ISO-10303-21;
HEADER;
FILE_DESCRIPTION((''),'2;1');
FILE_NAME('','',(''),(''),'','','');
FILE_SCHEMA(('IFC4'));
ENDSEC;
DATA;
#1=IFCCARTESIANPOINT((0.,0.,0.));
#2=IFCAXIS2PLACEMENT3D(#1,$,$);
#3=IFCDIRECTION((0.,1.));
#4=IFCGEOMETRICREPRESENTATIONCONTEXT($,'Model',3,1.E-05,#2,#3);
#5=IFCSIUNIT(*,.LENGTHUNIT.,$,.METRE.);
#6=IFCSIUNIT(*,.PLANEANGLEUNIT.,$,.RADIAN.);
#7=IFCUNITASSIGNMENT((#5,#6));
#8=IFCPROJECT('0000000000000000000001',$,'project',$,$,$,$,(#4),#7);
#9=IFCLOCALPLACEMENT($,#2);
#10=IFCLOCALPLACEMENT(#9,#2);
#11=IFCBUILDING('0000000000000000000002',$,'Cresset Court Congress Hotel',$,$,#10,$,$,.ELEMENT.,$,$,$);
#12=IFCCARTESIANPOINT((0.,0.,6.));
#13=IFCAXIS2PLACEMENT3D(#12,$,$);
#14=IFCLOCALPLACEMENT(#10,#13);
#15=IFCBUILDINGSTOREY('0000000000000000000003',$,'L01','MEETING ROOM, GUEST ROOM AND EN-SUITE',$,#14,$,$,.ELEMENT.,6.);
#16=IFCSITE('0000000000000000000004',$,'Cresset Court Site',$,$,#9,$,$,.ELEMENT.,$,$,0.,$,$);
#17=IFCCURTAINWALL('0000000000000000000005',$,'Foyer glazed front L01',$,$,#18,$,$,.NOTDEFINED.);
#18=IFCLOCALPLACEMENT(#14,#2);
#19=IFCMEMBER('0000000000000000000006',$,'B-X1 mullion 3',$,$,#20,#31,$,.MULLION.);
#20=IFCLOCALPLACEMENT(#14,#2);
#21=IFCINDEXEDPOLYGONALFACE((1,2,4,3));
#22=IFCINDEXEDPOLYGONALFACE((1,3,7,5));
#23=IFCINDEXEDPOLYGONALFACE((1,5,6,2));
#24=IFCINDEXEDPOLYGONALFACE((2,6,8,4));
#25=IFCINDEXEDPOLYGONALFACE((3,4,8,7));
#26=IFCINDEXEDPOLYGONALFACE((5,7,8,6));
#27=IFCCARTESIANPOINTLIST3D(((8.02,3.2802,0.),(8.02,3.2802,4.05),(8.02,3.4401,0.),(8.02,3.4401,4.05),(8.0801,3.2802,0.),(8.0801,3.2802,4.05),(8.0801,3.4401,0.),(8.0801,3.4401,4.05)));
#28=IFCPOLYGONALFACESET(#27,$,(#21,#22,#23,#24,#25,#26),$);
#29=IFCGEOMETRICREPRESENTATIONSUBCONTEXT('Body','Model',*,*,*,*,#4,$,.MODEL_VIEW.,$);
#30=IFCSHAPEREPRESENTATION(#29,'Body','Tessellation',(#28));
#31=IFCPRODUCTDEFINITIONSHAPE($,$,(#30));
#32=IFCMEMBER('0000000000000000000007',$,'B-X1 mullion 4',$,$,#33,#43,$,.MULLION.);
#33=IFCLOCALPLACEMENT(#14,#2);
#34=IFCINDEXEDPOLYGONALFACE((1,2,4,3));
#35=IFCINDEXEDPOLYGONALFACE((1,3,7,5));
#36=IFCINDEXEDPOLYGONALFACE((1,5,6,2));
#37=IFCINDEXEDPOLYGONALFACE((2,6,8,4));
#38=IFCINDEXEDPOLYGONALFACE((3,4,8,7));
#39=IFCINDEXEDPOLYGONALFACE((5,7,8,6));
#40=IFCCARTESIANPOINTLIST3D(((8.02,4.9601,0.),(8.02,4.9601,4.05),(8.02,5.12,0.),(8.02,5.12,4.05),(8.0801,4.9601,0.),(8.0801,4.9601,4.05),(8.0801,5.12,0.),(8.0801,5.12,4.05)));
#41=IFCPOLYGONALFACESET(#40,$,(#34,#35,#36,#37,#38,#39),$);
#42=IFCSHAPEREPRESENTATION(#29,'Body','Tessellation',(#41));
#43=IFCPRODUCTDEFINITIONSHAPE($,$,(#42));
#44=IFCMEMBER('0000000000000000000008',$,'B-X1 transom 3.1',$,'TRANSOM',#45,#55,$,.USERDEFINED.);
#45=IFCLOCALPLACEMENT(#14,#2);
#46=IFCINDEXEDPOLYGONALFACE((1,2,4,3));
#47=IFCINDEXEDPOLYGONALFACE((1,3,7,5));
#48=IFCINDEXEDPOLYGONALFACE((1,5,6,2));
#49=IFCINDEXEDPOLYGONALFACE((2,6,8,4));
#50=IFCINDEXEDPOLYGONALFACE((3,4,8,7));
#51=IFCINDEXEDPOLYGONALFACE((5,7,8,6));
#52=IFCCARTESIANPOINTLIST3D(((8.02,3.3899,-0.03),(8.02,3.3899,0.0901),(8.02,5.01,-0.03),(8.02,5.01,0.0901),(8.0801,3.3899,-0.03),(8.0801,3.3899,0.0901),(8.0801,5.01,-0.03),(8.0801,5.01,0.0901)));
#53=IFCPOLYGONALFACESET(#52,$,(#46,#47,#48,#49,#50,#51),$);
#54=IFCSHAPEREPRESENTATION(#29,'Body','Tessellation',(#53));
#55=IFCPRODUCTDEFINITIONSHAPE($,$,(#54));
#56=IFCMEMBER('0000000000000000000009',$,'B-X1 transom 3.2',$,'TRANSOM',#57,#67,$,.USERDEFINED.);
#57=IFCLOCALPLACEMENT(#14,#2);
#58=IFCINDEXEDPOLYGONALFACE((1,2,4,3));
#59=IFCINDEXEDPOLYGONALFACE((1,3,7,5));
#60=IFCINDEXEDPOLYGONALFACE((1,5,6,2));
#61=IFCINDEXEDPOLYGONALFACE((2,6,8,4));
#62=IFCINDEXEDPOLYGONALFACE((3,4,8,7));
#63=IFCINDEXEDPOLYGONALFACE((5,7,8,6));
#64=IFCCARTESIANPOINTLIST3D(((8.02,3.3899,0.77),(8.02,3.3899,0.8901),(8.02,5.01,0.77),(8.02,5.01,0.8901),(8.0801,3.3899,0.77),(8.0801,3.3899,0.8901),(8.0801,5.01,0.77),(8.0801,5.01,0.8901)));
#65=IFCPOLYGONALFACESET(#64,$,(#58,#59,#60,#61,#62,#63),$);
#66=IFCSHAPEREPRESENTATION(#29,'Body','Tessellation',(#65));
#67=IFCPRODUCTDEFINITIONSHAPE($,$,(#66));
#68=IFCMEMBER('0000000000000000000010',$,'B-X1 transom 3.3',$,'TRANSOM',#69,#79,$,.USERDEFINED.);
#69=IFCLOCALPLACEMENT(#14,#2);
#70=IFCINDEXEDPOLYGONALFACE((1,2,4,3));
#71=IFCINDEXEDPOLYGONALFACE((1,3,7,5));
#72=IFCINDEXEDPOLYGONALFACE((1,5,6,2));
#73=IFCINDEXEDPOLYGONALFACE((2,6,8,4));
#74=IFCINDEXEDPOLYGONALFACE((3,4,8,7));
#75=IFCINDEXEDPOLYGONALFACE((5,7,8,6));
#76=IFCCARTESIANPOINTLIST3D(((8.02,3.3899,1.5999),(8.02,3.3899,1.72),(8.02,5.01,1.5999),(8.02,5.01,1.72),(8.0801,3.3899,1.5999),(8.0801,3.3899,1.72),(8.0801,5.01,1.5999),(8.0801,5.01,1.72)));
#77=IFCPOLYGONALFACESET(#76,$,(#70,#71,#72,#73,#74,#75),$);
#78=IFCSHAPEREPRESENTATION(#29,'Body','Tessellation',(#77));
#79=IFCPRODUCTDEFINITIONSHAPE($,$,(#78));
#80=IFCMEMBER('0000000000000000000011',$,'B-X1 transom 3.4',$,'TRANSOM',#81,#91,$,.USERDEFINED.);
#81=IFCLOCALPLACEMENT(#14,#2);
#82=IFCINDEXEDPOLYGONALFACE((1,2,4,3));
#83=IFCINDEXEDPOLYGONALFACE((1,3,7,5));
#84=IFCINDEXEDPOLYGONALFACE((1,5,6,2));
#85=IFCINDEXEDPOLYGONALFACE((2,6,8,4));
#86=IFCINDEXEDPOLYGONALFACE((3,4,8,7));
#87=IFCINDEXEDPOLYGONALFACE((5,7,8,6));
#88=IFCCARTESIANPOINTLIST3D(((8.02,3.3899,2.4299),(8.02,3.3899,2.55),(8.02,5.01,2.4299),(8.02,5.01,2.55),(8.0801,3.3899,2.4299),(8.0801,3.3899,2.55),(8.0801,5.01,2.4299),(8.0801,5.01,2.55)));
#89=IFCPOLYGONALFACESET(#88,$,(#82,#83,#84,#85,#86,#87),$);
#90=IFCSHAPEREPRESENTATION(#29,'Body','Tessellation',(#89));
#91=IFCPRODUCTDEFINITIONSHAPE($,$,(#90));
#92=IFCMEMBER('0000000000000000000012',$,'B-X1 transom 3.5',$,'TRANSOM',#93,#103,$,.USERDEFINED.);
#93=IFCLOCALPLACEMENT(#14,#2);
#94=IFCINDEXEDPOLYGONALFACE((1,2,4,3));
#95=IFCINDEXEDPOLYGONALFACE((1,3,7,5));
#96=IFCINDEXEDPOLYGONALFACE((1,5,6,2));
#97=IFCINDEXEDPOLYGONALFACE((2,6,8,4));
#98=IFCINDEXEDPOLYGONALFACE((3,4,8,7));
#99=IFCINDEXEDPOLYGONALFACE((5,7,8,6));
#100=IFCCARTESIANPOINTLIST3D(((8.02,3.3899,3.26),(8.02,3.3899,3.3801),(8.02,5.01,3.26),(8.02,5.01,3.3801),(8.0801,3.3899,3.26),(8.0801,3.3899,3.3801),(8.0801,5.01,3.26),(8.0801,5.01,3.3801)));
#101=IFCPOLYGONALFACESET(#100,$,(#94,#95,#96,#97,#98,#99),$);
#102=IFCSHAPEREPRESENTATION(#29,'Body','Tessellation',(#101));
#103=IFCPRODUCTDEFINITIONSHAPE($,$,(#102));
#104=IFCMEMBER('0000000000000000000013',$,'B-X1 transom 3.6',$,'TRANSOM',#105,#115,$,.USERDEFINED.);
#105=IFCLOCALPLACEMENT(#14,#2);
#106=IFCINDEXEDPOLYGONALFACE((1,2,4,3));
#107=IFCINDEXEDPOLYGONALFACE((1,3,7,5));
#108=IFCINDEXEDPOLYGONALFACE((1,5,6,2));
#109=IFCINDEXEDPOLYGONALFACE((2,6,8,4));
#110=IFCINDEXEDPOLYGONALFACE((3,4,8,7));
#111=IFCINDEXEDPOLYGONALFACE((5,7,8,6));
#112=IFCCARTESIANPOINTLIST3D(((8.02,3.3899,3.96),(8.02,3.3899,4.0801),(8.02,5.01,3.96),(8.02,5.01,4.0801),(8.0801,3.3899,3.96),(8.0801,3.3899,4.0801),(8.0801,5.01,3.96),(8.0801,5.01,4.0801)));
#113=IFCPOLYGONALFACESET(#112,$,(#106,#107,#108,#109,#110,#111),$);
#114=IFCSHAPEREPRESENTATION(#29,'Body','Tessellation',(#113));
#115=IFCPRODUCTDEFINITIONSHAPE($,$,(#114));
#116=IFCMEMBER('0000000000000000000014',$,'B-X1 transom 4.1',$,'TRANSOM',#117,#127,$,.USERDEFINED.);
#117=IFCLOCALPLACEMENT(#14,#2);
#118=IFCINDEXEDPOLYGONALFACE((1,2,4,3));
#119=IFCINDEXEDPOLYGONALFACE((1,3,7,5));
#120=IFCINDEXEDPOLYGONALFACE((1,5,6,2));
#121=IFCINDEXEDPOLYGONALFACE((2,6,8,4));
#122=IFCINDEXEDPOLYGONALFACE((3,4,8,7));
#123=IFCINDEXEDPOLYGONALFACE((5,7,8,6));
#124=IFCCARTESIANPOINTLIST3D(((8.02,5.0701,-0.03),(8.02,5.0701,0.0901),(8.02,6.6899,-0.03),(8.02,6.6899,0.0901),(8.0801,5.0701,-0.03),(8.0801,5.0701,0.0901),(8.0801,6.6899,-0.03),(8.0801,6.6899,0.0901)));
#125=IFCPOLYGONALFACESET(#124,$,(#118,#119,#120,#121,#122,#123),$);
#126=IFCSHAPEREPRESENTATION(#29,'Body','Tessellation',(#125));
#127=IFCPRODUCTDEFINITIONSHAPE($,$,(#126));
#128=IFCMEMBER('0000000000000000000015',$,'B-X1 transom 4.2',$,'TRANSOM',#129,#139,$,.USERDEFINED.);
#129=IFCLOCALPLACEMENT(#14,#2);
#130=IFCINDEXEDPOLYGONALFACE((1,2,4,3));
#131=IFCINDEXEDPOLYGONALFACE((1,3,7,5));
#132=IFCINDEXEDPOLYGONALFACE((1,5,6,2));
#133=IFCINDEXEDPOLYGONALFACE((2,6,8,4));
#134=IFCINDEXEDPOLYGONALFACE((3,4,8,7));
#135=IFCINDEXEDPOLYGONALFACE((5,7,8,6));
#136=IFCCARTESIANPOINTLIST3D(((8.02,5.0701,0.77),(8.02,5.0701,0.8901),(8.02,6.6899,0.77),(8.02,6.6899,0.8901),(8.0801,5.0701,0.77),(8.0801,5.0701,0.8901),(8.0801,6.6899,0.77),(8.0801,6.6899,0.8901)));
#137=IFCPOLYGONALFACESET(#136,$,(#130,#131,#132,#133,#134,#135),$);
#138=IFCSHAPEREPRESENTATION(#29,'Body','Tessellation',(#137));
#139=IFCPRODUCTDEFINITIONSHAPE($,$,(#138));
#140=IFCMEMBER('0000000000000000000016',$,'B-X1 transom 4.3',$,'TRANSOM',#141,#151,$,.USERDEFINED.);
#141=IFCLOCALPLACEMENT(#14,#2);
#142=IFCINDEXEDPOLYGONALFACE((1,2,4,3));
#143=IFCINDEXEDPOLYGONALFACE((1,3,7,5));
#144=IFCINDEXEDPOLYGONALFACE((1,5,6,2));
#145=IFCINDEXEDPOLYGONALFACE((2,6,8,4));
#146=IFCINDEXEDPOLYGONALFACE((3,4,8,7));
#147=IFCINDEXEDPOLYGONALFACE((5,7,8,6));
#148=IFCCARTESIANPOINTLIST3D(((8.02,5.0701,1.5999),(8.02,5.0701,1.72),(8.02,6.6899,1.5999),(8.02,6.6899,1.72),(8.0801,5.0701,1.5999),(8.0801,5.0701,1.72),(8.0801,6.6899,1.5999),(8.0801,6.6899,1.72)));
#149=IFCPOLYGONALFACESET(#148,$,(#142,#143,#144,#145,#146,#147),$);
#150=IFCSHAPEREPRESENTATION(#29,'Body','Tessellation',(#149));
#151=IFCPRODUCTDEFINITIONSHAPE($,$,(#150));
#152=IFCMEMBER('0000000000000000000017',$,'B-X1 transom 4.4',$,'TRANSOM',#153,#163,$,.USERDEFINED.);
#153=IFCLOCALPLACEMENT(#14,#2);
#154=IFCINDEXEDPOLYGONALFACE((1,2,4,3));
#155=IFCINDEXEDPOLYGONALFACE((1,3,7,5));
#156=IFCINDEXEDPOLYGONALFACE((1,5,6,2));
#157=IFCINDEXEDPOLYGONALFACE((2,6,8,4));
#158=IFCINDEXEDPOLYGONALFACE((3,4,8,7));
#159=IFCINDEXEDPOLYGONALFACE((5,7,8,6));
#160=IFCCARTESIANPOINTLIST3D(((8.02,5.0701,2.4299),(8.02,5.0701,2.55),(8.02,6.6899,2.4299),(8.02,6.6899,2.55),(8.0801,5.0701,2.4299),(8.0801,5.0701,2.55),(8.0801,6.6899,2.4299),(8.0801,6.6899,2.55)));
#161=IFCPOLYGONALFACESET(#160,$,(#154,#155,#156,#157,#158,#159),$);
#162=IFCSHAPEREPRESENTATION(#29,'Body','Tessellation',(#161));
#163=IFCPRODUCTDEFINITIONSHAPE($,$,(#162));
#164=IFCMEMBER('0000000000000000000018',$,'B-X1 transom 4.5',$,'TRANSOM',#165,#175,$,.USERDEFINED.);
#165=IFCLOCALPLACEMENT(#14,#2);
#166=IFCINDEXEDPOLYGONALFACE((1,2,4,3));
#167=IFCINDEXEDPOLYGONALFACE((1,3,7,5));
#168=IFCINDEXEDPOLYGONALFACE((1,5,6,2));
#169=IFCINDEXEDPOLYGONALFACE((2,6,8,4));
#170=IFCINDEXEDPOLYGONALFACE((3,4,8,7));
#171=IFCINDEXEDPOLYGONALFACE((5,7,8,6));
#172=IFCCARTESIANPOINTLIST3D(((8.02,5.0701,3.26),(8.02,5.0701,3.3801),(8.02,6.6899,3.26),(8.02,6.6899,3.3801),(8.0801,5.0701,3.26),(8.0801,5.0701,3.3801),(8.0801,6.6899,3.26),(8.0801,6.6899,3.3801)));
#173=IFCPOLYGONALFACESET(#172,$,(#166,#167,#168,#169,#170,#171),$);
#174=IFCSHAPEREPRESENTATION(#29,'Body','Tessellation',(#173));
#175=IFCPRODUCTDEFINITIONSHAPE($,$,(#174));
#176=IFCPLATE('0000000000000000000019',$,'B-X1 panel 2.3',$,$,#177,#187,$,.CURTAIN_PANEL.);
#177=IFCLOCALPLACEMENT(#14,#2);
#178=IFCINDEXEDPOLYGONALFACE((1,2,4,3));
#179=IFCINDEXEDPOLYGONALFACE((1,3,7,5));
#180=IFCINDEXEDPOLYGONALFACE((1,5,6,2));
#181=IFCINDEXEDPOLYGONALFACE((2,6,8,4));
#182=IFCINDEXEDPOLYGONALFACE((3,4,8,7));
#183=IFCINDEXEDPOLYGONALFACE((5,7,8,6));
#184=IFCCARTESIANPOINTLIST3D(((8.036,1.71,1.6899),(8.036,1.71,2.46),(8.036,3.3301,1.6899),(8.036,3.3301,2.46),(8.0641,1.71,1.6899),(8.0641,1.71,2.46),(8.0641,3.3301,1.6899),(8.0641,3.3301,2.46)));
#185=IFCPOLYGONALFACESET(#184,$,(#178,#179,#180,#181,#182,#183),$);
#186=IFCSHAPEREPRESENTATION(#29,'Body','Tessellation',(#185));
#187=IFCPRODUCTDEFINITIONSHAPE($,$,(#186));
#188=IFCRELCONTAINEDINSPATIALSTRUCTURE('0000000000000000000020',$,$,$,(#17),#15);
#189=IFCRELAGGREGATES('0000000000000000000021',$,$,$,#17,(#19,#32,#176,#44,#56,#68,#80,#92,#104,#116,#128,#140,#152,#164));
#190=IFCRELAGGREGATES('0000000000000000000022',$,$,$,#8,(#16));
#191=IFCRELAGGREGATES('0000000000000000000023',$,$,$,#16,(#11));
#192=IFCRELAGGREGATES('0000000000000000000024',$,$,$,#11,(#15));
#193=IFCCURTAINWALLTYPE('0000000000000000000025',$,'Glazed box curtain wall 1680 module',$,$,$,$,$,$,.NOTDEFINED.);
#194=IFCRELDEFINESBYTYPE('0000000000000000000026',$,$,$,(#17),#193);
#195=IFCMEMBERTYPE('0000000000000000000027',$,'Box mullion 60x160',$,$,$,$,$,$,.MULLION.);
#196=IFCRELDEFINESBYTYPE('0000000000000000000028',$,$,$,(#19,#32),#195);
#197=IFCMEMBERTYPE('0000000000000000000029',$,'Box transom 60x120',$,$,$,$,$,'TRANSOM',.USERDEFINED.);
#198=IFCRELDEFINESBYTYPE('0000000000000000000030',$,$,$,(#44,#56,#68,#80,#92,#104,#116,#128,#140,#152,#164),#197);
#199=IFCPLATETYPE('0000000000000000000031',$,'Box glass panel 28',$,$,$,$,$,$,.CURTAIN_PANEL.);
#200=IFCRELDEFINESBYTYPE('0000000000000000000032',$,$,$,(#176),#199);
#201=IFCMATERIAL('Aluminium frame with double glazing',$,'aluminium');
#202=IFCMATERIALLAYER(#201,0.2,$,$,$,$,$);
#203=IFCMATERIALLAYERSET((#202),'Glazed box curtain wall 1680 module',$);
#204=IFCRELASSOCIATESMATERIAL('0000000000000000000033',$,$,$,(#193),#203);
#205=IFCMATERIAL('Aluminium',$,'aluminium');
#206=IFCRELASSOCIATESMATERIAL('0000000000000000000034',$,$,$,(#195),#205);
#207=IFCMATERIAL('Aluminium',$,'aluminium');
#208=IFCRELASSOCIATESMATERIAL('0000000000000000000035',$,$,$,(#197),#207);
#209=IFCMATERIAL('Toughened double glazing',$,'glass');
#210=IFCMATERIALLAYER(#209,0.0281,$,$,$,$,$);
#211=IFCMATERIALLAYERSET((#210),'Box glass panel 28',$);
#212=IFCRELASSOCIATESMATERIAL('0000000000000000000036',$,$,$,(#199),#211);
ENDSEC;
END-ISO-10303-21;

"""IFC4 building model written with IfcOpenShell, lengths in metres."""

from ifc_helpers import new_model, si_unit, direction, frame, origin, origin_2d, place, context, subcontext, project, spatial, rectangle, extrude, material, layer, layer_set, material_profile, profile_set, type_object, element, aggregate, save


model = new_model("IFC4")

# Units and contexts
model_context = context("Model", 3, precision=1e-05, world=origin(), true_north=direction((0.0, 1.0)))
body_context = subcontext(model_context, "Body", "Model", "MODEL_VIEW")
ifc_project = project(units=[si_unit("LENGTHUNIT", "METRE"), si_unit("PLANEANGLEUNIT", "RADIAN")], contexts=[model_context])

# Site, building, storey
site_placement = place(None, origin())
site = spatial("IfcSite", under=ifc_project, at=site_placement, Name="Cresset Court Site", CompositionType="ELEMENT", RefElevation=0.0)
building_placement = place(site_placement, origin())
building = spatial("IfcBuilding", under=site, at=building_placement, Name="Cresset Court Congress Hotel", CompositionType="ELEMENT")
storey_placement = place(building_placement, frame((0.0, 0.0, 6.0)))
storey = spatial("IfcBuildingStorey", under=building, at=storey_placement, Name="L01", Description="MEETING ROOM, GUEST ROOM AND EN-SUITE", CompositionType="ELEMENT", Elevation=6.0)

# Curtain wall, members, plate
ifc_material_1 = material(Name="Aluminium frame with double glazing", Category="aluminium")
ifc_layer_1 = layer(ifc_material_1, 0.2)
ifc_layer_set_1 = layer_set([ifc_layer_1], Name="Glazed box curtain wall 1680 module")
curtain_wall_type = type_object("IfcCurtainWallType", Name="Glazed box curtain wall 1680 module", PredefinedType="NOTDEFINED", material=ifc_layer_set_1)
curtain_wall_placement = place(storey_placement, origin())
curtain_wall = element("IfcCurtainWall", 1, at=curtain_wall_placement, inside=storey, type_object=curtain_wall_type, Name="Foyer glazed front L01", PredefinedType="NOTDEFINED")
ifc_material_2 = material(Name="Aluminium", Category="aluminium")
ifc_material_profile_1 = material_profile(ifc_material_2, rectangle(XDim=0.0601, YDim=0.1599, at=origin_2d()), Name="Box mullion 60x160")
ifc_profile_set_1 = profile_set([ifc_material_profile_1], Name="Aluminium")
member_type_1 = type_object("IfcMemberType", Name="Box mullion 60x160", PredefinedType="MULLION", material=ifc_profile_set_1)
member_1_placement = place(storey_placement, frame((8.05, 3.3601, 0.0), z_axis=(0.0, 0.0, 1.0), x_axis=(-1.0, 0.0, 0.0)))
member_1 = element("IfcMember", 2, at=member_1_placement, type_object=member_type_1, Name="B-X1 mullion 3", PredefinedType="MULLION", context=body_context, shape_type="SweptSolid", body=[
    extrude(rectangle(XDim=0.0601, YDim=0.1599, at=origin_2d()), origin(), (0.0, 0.0, 1.0), 4.05),
])
member_2_placement = place(storey_placement, frame((8.05, 5.04, 0.0), z_axis=(0.0, 0.0, 1.0), x_axis=(-1.0, 0.0, 0.0)))
member_2 = element("IfcMember", 3, at=member_2_placement, type_object=member_type_1, Name="B-X1 mullion 4", PredefinedType="MULLION", context=body_context, shape_type="SweptSolid", body=[
    extrude(rectangle(XDim=0.0601, YDim=0.1599, at=origin_2d()), origin(), (0.0, 0.0, 1.0), 4.05),
])
ifc_material_3 = material(Name="Aluminium", Category="aluminium")
ifc_material_profile_2 = material_profile(ifc_material_3, rectangle(XDim=0.0601, YDim=0.1201, at=origin_2d()), Name="Box transom 60x120")
ifc_profile_set_2 = profile_set([ifc_material_profile_2], Name="Aluminium")
member_type_2 = type_object("IfcMemberType", Name="Box transom 60x120", ElementType="TRANSOM", PredefinedType="USERDEFINED", material=ifc_profile_set_2)
member_3_placement = place(storey_placement, frame((8.05, 3.3899, 0.03), z_axis=(0.0, 1.0, 0.0), x_axis=(-1.0, 0.0, 0.0)))
member_3 = element("IfcMember", 4, at=member_3_placement, type_object=member_type_2, Name="B-X1 transom 3.1", ObjectType="TRANSOM", PredefinedType="USERDEFINED", context=body_context, shape_type="SweptSolid", body=[
    extrude(rectangle(XDim=0.0601, YDim=0.1201, at=origin_2d()), origin(), (0.0, 0.0, 1.0), 1.6201),
])
member_4_placement = place(storey_placement, frame((8.05, 3.3899, 0.8301), z_axis=(0.0, 1.0, 0.0), x_axis=(-1.0, 0.0, 0.0)))
member_4 = element("IfcMember", 5, at=member_4_placement, type_object=member_type_2, Name="B-X1 transom 3.2", ObjectType="TRANSOM", PredefinedType="USERDEFINED", context=body_context, shape_type="SweptSolid", body=[
    extrude(rectangle(XDim=0.0601, YDim=0.1201, at=origin_2d()), origin(), (0.0, 0.0, 1.0), 1.6201),
])
member_5_placement = place(storey_placement, frame((8.05, 3.3899, 1.6599), z_axis=(0.0, 1.0, 0.0), x_axis=(-1.0, 0.0, 0.0)))
member_5 = element("IfcMember", 6, at=member_5_placement, type_object=member_type_2, Name="B-X1 transom 3.3", ObjectType="TRANSOM", PredefinedType="USERDEFINED", context=body_context, shape_type="SweptSolid", body=[
    extrude(rectangle(XDim=0.0601, YDim=0.1201, at=origin_2d()), origin(), (0.0, 0.0, 1.0), 1.6201),
])
member_6_placement = place(storey_placement, frame((8.05, 3.3899, 2.49), z_axis=(0.0, 1.0, 0.0), x_axis=(-1.0, 0.0, 0.0)))
member_6 = element("IfcMember", 7, at=member_6_placement, type_object=member_type_2, Name="B-X1 transom 3.4", ObjectType="TRANSOM", PredefinedType="USERDEFINED", context=body_context, shape_type="SweptSolid", body=[
    extrude(rectangle(XDim=0.0601, YDim=0.1201, at=origin_2d()), origin(), (0.0, 0.0, 1.0), 1.6201),
])
member_7_placement = place(storey_placement, frame((8.05, 3.3899, 3.3201), z_axis=(0.0, 1.0, 0.0), x_axis=(-1.0, 0.0, 0.0)))
member_7 = element("IfcMember", 8, at=member_7_placement, type_object=member_type_2, Name="B-X1 transom 3.5", ObjectType="TRANSOM", PredefinedType="USERDEFINED", context=body_context, shape_type="SweptSolid", body=[
    extrude(rectangle(XDim=0.0601, YDim=0.1201, at=origin_2d()), origin(), (0.0, 0.0, 1.0), 1.6201),
])
member_8_placement = place(storey_placement, frame((8.05, 3.3899, 4.02), z_axis=(0.0, 1.0, 0.0), x_axis=(-1.0, 0.0, 0.0)))
member_8 = element("IfcMember", 9, at=member_8_placement, type_object=member_type_2, Name="B-X1 transom 3.6", ObjectType="TRANSOM", PredefinedType="USERDEFINED", context=body_context, shape_type="SweptSolid", body=[
    extrude(rectangle(XDim=0.0601, YDim=0.1201, at=origin_2d()), origin(), (0.0, 0.0, 1.0), 1.6201),
])
member_9_placement = place(storey_placement, frame((8.05, 5.0701, 0.03), z_axis=(0.0, 1.0, 0.0), x_axis=(-1.0, 0.0, 0.0)))
member_9 = element("IfcMember", 10, at=member_9_placement, type_object=member_type_2, Name="B-X1 transom 4.1", ObjectType="TRANSOM", PredefinedType="USERDEFINED", context=body_context, shape_type="SweptSolid", body=[
    extrude(rectangle(XDim=0.0601, YDim=0.1201, at=origin_2d()), origin(), (0.0, 0.0, 1.0), 1.6199),
])
member_10_placement = place(storey_placement, frame((8.05, 5.0701, 0.8301), z_axis=(0.0, 1.0, 0.0), x_axis=(-1.0, 0.0, 0.0)))
member_10 = element("IfcMember", 11, at=member_10_placement, type_object=member_type_2, Name="B-X1 transom 4.2", ObjectType="TRANSOM", PredefinedType="USERDEFINED", context=body_context, shape_type="SweptSolid", body=[
    extrude(rectangle(XDim=0.0601, YDim=0.1201, at=origin_2d()), origin(), (0.0, 0.0, 1.0), 1.6199),
])
member_11_placement = place(storey_placement, frame((8.05, 5.0701, 1.6599), z_axis=(0.0, 1.0, 0.0), x_axis=(-1.0, 0.0, 0.0)))
member_11 = element("IfcMember", 12, at=member_11_placement, type_object=member_type_2, Name="B-X1 transom 4.3", ObjectType="TRANSOM", PredefinedType="USERDEFINED", context=body_context, shape_type="SweptSolid", body=[
    extrude(rectangle(XDim=0.0601, YDim=0.1201, at=origin_2d()), origin(), (0.0, 0.0, 1.0), 1.6199),
])
member_12_placement = place(storey_placement, frame((8.05, 5.0701, 2.49), z_axis=(0.0, 1.0, 0.0), x_axis=(-1.0, 0.0, 0.0)))
member_12 = element("IfcMember", 13, at=member_12_placement, type_object=member_type_2, Name="B-X1 transom 4.4", ObjectType="TRANSOM", PredefinedType="USERDEFINED", context=body_context, shape_type="SweptSolid", body=[
    extrude(rectangle(XDim=0.0601, YDim=0.1201, at=origin_2d()), origin(), (0.0, 0.0, 1.0), 1.6199),
])
member_13_placement = place(storey_placement, frame((8.05, 5.0701, 3.3201), z_axis=(0.0, 1.0, 0.0), x_axis=(-1.0, 0.0, 0.0)))
member_13 = element("IfcMember", 14, at=member_13_placement, type_object=member_type_2, Name="B-X1 transom 4.5", ObjectType="TRANSOM", PredefinedType="USERDEFINED", context=body_context, shape_type="SweptSolid", body=[
    extrude(rectangle(XDim=0.0601, YDim=0.1201, at=origin_2d()), origin(), (0.0, 0.0, 1.0), 1.6199),
])
ifc_material_4 = material(Name="Toughened double glazing", Category="glass")
ifc_layer_2 = layer(ifc_material_4, 0.0281)
ifc_layer_set_2 = layer_set([ifc_layer_2], Name="Box glass panel 28")
plate_type_1 = type_object("IfcPlateType", Name="Box glass panel 28", PredefinedType="CURTAIN_PANEL", material=ifc_layer_set_2)
plate_1_placement = place(storey_placement, frame((8.05, 2.52, 1.6899), z_axis=(0.0, 0.0, 1.0), x_axis=(0.0, 1.0, 0.0)))
plate_1 = element("IfcPlate", 15, at=plate_1_placement, type_object=plate_type_1, Name="B-X1 panel 2.3", PredefinedType="CURTAIN_PANEL", context=body_context, shape_type="SweptSolid", body=[
    extrude(rectangle(XDim=1.6201, YDim=0.0281, at=origin_2d()), origin(), (0.0, 0.0, 1.0), 0.77),
])
aggregate(curtain_wall, [member_1, member_2, plate_1, member_3, member_4, member_5, member_6, member_7, member_8, member_9, member_10, member_11, member_12, member_13])

save(model, "model.ifc")
